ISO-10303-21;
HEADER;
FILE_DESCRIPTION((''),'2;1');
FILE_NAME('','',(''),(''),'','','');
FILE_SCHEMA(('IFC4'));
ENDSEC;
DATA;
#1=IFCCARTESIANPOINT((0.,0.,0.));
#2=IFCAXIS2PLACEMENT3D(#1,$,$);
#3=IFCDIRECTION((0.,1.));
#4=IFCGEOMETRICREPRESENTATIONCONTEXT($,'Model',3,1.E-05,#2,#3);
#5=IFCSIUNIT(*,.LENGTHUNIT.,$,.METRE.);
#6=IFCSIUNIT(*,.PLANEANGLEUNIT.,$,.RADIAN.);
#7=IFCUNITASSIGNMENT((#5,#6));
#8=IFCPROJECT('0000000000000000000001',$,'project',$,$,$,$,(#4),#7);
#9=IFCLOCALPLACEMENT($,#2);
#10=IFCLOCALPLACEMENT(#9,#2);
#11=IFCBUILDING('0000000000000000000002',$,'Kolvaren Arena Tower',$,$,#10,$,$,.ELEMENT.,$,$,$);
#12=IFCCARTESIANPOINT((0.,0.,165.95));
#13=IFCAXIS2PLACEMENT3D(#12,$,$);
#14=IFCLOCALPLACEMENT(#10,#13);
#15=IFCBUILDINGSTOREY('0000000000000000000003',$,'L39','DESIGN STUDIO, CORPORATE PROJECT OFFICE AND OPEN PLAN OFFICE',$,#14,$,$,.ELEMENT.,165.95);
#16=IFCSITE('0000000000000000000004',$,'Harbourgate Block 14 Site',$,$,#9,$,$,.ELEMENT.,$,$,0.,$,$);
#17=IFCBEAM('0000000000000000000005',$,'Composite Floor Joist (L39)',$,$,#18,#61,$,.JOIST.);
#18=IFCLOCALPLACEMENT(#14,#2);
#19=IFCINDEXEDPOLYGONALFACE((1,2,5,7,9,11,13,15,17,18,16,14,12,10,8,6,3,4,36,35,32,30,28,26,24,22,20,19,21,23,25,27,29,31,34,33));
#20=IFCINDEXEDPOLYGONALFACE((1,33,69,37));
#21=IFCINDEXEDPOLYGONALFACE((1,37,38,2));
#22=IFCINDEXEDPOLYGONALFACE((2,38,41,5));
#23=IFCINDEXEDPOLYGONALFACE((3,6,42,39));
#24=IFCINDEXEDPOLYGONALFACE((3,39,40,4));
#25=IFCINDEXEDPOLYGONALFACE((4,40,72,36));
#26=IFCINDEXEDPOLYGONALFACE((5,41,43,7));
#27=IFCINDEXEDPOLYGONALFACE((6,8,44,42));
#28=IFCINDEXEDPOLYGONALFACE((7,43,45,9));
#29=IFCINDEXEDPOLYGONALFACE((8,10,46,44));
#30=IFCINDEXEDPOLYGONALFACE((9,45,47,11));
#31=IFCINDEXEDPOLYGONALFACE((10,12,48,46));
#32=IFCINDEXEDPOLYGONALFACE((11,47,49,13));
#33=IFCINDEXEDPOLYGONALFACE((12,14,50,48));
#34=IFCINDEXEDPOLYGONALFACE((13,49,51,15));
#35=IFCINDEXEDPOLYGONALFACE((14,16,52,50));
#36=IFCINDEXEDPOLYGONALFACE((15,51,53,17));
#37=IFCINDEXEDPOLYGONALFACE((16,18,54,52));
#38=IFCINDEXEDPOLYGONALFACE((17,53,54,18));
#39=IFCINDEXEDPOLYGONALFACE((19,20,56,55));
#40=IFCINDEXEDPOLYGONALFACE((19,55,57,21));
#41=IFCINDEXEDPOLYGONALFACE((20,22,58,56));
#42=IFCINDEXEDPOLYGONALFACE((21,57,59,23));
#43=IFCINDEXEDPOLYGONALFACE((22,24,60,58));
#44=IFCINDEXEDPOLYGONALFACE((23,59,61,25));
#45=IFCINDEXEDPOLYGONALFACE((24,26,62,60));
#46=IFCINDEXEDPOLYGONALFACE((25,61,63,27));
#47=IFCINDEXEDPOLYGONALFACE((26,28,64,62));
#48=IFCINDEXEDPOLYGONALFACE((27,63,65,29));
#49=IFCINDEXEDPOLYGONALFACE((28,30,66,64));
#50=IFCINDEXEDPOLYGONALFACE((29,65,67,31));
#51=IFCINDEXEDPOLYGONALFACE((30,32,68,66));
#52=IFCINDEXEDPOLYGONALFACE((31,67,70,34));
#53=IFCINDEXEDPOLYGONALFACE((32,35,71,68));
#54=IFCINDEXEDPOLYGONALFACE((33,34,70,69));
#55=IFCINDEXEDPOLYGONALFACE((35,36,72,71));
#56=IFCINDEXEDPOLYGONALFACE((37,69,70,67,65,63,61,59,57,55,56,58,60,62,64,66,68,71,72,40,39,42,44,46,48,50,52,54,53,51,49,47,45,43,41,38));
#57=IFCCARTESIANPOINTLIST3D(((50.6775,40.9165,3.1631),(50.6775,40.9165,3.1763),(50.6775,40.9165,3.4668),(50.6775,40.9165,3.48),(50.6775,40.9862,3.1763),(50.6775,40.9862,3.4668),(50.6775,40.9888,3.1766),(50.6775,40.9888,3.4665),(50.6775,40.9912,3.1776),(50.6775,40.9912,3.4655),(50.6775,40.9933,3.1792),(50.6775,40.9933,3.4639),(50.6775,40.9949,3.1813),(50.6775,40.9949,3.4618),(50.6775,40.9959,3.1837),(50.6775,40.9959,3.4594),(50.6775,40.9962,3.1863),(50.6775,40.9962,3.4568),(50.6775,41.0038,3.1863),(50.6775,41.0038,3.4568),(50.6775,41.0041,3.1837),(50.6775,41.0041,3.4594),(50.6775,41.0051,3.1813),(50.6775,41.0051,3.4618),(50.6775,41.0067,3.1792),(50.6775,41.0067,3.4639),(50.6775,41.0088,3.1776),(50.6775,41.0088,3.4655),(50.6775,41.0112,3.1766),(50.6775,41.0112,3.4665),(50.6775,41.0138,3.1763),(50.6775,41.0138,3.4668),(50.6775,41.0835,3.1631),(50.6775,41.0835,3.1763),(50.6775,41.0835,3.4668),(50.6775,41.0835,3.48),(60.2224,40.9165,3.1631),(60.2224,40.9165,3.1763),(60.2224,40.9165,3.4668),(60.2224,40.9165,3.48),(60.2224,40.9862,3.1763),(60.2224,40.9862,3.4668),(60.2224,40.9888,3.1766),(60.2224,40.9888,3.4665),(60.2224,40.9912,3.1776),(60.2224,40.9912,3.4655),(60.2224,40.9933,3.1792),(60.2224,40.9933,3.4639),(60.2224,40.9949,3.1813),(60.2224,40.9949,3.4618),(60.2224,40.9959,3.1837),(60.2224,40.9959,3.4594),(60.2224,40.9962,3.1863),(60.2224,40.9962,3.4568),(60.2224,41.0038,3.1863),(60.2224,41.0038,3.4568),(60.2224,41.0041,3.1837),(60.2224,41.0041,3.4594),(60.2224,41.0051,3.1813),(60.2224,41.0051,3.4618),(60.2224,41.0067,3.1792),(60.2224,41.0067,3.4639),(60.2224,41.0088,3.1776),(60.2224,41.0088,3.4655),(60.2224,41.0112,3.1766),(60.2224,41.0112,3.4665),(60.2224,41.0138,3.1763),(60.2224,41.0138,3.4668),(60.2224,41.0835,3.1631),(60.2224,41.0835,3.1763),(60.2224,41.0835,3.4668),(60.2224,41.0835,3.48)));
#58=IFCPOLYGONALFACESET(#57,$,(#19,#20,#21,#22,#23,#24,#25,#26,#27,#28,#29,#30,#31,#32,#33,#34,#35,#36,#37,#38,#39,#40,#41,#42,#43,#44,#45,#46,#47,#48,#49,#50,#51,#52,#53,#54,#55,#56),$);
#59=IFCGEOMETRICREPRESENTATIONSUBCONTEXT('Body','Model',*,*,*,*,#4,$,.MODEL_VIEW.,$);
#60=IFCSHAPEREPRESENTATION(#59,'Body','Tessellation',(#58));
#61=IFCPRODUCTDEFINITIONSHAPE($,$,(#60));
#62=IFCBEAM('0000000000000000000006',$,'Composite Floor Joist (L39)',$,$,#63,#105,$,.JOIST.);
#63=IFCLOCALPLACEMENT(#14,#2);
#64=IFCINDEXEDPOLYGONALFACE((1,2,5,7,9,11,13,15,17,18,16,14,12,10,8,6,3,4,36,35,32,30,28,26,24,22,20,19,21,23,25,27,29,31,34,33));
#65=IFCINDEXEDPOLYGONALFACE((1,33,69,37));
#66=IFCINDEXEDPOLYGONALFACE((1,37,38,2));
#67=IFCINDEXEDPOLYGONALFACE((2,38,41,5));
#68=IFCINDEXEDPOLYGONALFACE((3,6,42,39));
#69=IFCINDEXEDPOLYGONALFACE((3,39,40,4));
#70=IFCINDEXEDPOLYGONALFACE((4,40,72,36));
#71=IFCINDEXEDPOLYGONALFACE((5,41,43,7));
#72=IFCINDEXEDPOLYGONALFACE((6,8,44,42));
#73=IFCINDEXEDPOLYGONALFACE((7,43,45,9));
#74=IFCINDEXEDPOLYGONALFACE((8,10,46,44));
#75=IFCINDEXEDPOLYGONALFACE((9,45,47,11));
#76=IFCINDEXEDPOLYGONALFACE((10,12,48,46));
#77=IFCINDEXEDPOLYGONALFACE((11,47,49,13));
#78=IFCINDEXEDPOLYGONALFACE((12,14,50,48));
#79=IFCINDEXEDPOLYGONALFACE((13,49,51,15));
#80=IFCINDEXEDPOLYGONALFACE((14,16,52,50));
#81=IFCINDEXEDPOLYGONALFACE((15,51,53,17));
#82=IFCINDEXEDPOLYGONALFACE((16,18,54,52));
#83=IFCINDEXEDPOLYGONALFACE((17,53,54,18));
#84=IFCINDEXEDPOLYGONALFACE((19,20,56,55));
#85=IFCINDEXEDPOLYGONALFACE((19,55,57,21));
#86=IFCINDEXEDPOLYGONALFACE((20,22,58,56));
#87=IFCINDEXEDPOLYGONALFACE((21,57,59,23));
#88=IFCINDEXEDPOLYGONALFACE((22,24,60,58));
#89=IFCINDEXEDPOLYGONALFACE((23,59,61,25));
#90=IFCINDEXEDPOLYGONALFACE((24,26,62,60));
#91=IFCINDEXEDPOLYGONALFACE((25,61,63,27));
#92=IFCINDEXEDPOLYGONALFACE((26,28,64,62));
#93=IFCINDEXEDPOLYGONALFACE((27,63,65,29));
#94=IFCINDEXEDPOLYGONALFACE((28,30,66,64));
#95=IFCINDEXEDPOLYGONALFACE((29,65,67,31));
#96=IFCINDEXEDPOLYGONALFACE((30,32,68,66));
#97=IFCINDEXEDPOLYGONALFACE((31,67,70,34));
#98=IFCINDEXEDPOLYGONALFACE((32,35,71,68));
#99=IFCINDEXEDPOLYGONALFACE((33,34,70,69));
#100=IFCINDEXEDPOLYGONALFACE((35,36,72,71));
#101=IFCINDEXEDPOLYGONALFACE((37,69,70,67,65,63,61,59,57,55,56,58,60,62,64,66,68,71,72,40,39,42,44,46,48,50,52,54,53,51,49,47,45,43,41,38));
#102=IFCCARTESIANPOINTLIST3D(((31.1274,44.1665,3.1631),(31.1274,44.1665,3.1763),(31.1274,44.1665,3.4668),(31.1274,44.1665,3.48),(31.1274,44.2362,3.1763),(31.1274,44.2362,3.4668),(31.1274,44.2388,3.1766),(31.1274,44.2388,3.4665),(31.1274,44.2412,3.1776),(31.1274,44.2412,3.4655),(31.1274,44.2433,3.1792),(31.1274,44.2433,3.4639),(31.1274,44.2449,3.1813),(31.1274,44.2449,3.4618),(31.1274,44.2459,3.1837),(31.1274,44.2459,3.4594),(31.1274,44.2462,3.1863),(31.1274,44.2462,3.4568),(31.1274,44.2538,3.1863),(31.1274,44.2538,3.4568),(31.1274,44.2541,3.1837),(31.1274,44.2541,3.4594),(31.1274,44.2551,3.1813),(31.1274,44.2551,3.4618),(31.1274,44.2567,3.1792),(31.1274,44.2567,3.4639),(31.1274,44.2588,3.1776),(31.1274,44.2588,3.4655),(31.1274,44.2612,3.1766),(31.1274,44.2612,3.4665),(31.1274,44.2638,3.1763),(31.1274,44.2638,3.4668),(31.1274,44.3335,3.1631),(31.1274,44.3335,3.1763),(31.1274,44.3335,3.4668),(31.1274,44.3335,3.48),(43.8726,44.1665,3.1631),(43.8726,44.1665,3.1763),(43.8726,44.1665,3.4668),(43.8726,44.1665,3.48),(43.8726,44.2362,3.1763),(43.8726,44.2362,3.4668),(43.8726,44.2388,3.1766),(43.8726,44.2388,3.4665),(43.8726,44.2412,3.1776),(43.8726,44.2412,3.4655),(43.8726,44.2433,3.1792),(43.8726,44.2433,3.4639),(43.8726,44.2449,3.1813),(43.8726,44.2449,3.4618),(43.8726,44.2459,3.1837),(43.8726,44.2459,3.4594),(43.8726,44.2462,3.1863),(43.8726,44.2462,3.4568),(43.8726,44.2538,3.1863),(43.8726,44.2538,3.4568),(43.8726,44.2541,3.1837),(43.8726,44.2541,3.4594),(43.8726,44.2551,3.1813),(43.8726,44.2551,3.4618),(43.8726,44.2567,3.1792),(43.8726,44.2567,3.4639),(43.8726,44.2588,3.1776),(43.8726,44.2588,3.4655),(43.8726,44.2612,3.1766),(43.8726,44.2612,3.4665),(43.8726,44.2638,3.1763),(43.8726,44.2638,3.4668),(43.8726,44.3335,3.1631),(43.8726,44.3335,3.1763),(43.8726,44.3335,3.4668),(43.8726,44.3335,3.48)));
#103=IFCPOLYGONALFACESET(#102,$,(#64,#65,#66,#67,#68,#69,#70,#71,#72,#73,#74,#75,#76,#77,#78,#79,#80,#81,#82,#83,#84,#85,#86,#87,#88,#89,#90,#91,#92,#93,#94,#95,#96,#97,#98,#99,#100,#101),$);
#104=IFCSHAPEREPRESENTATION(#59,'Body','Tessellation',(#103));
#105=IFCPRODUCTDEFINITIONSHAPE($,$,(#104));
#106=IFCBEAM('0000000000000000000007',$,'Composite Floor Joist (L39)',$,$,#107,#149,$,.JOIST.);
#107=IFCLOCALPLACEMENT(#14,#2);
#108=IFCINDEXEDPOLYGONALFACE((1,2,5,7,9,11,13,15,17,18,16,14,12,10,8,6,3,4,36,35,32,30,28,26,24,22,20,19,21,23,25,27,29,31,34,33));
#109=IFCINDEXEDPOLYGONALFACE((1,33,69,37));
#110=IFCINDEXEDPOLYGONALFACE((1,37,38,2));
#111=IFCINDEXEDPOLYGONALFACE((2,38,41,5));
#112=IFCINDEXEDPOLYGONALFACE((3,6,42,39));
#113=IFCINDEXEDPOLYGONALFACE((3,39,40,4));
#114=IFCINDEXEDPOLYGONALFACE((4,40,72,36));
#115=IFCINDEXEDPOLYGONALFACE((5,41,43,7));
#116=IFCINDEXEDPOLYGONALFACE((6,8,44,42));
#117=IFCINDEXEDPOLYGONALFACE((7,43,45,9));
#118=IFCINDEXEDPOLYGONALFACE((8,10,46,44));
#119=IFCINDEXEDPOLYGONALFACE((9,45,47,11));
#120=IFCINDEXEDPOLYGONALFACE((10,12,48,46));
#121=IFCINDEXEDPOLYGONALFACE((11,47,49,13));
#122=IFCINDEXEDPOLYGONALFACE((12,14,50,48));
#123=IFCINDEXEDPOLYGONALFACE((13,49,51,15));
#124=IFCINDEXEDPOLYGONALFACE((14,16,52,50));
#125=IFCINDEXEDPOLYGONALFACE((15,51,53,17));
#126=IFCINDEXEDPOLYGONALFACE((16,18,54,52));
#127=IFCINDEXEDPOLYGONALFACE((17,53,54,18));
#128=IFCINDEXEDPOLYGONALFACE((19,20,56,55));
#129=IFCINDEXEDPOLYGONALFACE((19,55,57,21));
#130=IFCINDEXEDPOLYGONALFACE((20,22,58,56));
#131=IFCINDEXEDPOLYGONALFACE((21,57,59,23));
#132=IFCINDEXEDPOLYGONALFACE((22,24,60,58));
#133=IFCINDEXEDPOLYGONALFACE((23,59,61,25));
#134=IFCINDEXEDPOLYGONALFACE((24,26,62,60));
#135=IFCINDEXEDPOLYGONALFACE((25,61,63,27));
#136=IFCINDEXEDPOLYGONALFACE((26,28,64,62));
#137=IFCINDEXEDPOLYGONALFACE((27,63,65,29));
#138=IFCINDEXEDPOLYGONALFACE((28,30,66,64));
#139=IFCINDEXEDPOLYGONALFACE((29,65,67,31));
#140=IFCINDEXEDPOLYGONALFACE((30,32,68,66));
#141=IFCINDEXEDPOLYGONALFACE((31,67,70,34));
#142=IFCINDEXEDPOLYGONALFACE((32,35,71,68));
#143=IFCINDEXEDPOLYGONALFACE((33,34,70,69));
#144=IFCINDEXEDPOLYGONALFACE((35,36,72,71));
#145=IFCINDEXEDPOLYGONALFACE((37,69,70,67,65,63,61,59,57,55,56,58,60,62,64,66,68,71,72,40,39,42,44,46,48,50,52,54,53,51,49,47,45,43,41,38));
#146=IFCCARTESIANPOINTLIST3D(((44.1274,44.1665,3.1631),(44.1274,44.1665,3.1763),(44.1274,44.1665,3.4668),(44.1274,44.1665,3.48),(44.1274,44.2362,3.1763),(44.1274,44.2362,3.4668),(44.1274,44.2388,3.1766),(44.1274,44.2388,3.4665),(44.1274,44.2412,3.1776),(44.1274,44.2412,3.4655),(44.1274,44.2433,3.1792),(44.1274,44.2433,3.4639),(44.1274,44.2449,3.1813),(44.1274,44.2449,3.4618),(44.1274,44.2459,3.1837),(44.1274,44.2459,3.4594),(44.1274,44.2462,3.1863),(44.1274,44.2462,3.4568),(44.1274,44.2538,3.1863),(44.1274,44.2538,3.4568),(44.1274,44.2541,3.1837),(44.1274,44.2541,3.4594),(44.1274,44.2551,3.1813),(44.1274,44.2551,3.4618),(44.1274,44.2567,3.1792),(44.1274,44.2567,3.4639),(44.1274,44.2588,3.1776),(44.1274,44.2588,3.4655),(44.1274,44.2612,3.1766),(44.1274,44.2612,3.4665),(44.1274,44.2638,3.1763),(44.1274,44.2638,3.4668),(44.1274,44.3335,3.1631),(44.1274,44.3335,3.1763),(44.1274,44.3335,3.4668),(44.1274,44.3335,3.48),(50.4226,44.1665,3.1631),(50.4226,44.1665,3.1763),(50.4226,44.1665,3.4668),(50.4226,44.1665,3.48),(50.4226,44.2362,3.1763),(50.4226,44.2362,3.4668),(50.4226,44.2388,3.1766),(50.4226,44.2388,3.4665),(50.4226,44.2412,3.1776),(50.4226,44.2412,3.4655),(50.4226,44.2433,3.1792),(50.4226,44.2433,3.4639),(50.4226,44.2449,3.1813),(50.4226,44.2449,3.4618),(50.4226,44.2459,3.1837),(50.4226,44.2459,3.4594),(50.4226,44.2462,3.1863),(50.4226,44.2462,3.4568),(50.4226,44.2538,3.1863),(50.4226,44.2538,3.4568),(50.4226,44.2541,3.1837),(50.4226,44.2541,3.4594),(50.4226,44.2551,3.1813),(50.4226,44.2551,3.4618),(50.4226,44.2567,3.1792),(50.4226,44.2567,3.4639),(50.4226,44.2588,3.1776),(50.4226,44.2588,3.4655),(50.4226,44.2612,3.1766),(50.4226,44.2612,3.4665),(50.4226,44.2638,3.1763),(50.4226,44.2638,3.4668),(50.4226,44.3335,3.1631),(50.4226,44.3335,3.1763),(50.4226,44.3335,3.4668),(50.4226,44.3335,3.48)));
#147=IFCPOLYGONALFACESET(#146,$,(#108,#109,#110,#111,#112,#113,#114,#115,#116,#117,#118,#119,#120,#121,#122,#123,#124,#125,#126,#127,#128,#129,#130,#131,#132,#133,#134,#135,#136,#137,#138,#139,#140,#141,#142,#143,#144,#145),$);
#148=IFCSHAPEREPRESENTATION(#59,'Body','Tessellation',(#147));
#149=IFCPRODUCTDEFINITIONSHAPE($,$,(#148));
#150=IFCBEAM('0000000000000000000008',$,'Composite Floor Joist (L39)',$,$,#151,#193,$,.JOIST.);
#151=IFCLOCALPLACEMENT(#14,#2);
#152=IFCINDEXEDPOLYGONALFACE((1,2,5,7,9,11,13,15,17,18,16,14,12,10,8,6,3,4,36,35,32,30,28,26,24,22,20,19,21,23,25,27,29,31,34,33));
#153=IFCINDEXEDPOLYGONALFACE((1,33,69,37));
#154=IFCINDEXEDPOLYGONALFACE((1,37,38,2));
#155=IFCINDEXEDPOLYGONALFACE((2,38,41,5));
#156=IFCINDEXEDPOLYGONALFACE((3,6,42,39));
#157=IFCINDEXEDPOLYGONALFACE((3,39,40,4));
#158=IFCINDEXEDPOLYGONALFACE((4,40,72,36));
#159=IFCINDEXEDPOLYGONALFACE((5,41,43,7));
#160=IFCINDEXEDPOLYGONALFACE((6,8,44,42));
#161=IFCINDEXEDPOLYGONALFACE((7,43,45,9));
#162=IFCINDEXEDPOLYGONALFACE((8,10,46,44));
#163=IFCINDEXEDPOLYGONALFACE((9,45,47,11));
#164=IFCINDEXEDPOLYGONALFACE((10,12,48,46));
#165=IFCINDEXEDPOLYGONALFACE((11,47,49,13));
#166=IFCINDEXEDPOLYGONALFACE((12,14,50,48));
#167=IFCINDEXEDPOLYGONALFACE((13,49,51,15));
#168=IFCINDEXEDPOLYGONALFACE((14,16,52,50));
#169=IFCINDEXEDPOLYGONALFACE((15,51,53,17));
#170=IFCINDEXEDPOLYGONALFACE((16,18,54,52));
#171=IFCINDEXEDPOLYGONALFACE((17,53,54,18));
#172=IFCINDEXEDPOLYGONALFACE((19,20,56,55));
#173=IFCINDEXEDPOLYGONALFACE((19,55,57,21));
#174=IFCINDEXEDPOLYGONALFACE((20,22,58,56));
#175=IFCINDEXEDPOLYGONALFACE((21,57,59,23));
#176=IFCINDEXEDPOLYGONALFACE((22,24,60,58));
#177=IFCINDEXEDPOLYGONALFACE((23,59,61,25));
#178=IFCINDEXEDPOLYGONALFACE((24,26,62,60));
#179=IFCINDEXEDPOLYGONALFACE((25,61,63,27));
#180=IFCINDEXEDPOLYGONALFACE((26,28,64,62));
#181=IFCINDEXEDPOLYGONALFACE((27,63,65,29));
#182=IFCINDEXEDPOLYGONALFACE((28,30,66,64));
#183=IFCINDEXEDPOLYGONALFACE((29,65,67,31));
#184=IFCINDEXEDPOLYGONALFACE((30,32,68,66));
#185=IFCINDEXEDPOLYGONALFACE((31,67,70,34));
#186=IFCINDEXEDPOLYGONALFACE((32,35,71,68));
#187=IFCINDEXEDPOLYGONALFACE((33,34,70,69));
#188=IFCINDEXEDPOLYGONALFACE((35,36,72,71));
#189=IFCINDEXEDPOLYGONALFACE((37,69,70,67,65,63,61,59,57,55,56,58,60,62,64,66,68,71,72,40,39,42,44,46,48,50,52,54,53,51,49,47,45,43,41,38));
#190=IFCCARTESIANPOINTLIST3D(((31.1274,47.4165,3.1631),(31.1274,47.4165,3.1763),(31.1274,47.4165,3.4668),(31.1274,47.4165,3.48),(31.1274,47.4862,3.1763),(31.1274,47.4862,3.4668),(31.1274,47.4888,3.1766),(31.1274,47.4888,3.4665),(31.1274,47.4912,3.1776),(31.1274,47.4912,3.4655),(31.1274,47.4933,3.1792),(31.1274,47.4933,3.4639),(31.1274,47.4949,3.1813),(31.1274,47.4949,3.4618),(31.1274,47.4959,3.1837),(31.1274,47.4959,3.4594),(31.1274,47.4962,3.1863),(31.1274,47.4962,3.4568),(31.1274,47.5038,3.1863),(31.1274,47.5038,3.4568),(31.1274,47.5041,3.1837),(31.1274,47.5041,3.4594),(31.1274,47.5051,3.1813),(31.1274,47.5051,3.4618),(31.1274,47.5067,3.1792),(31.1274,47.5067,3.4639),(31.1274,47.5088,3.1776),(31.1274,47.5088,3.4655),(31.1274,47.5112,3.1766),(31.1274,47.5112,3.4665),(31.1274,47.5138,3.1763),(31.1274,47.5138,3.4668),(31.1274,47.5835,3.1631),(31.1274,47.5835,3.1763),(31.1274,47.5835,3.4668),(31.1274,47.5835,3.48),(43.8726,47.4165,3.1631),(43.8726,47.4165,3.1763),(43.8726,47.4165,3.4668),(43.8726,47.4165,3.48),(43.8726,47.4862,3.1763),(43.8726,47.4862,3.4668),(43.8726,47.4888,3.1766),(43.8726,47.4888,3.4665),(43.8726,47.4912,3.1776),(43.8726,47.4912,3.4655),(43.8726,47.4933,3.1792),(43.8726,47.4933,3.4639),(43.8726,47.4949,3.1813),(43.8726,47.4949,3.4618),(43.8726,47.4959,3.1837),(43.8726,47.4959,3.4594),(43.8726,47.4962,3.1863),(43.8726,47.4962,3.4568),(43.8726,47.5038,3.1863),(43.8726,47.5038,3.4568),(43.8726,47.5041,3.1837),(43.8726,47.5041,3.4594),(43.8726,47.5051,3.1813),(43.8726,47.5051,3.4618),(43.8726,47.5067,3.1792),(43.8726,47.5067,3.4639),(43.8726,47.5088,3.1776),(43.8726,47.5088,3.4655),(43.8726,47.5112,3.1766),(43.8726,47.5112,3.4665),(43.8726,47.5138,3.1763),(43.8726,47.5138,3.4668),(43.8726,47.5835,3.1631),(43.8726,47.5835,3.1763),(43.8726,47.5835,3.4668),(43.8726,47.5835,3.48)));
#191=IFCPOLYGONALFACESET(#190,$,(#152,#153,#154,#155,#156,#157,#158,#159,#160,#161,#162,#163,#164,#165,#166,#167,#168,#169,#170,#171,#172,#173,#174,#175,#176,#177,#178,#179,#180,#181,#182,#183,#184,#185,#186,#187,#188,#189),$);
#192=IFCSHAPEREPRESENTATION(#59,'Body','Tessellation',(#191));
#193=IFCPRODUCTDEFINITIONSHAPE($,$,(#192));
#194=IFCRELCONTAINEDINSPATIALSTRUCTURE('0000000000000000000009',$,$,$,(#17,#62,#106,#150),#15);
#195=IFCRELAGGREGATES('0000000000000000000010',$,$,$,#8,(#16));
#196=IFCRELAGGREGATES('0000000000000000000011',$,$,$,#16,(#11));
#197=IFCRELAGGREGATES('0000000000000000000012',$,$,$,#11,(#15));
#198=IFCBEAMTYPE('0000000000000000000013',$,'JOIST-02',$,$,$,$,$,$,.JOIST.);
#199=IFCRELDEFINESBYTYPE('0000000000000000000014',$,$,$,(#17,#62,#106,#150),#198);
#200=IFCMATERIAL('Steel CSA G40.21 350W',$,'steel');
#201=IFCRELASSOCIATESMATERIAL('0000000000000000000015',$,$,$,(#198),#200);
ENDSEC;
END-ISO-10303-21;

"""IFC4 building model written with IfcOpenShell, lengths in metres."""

from ifc_helpers import new_model, si_unit, direction, frame, origin, origin_2d, place, context, subcontext, project, spatial, i_section, extrude, material, material_profile, profile_set, type_object, element, save


model = new_model("IFC4")

# Units and contexts
model_context = context("Model", 3, precision=1e-05, world=origin(), true_north=direction((0.0, 1.0)))
body_context = subcontext(model_context, "Body", "Model", "MODEL_VIEW")
ifc_project = project(units=[si_unit("LENGTHUNIT", "METRE"), si_unit("PLANEANGLEUNIT", "RADIAN")], contexts=[model_context])

# Site, building, storey
site_placement = place(None, origin())
site = spatial("IfcSite", under=ifc_project, at=site_placement, Name="Harbourgate Block 14 Site", CompositionType="ELEMENT", RefElevation=0.0)
building_placement = place(site_placement, origin())
building = spatial("IfcBuilding", under=site, at=building_placement, Name="Kolvaren Arena Tower", CompositionType="ELEMENT")
storey_placement = place(building_placement, frame((0.0, 0.0, 165.95)))
storey = spatial("IfcBuildingStorey", under=building, at=storey_placement, Name="L39", Description="DESIGN STUDIO, CORPORATE PROJECT OFFICE AND OPEN PLAN OFFICE", CompositionType="ELEMENT", Elevation=165.95)

# Beams
ifc_material_1 = material(Name="Steel CSA G40.21 350W", Category="steel")
ifc_material_profile_1 = material_profile(ifc_material_1, i_section(OverallWidth=0.167, OverallDepth=0.3169, WebThickness=0.0076, FlangeThickness=0.0132, FilletRadius=0.01, at=origin_2d()), Name="W310x52")
ifc_profile_set_1 = profile_set([ifc_material_profile_1], Name="Steel CSA G40.21 350W")
beam_type_1 = type_object("IfcBeamType", Name="JOIST-02", PredefinedType="JOIST", material=ifc_profile_set_1)
beam_1_placement = place(storey_placement, frame((50.6775, 41.0, 3.3215), z_axis=(1.0, 0.0, 0.0), x_axis=(0.0, 1.0, 0.0)))
element("IfcBeam", 1, at=beam_1_placement, inside=storey, type_object=beam_type_1, Name="Composite Floor Joist (L39)", PredefinedType="JOIST", context=body_context, shape_type="SweptSolid", body=[
    extrude(i_section(OverallWidth=0.167, OverallDepth=0.3169, WebThickness=0.0076, FlangeThickness=0.0132, FilletRadius=0.01, at=origin_2d()), origin(), (0.0, 0.0, 1.0), 9.5449),
])
beam_2_placement = place(storey_placement, frame((31.1274, 44.25, 3.3215), z_axis=(1.0, 0.0, 0.0), x_axis=(0.0, 1.0, 0.0)))
element("IfcBeam", 2, at=beam_2_placement, inside=storey, type_object=beam_type_1, Name="Composite Floor Joist (L39)", PredefinedType="JOIST", context=body_context, shape_type="SweptSolid", body=[
    extrude(i_section(OverallWidth=0.167, OverallDepth=0.3169, WebThickness=0.0076, FlangeThickness=0.0132, FilletRadius=0.01, at=origin_2d()), origin(), (0.0, 0.0, 1.0), 12.7451),
])
beam_3_placement = place(storey_placement, frame((44.1274, 44.25, 3.3215), z_axis=(1.0, 0.0, 0.0), x_axis=(0.0, 1.0, 0.0)))
element("IfcBeam", 3, at=beam_3_placement, inside=storey, type_object=beam_type_1, Name="Composite Floor Joist (L39)", PredefinedType="JOIST", context=body_context, shape_type="SweptSolid", body=[
    extrude(i_section(OverallWidth=0.167, OverallDepth=0.3169, WebThickness=0.0076, FlangeThickness=0.0132, FilletRadius=0.01, at=origin_2d()), origin(), (0.0, 0.0, 1.0), 6.2952),
])
beam_4_placement = place(storey_placement, frame((31.1274, 47.5, 3.3215), z_axis=(1.0, 0.0, 0.0), x_axis=(0.0, 1.0, 0.0)))
element("IfcBeam", 4, at=beam_4_placement, inside=storey, type_object=beam_type_1, Name="Composite Floor Joist (L39)", PredefinedType="JOIST", context=body_context, shape_type="SweptSolid", body=[
    extrude(i_section(OverallWidth=0.167, OverallDepth=0.3169, WebThickness=0.0076, FlangeThickness=0.0132, FilletRadius=0.01, at=origin_2d()), origin(), (0.0, 0.0, 1.0), 12.7451),
])

save(model, "model.ifc")
